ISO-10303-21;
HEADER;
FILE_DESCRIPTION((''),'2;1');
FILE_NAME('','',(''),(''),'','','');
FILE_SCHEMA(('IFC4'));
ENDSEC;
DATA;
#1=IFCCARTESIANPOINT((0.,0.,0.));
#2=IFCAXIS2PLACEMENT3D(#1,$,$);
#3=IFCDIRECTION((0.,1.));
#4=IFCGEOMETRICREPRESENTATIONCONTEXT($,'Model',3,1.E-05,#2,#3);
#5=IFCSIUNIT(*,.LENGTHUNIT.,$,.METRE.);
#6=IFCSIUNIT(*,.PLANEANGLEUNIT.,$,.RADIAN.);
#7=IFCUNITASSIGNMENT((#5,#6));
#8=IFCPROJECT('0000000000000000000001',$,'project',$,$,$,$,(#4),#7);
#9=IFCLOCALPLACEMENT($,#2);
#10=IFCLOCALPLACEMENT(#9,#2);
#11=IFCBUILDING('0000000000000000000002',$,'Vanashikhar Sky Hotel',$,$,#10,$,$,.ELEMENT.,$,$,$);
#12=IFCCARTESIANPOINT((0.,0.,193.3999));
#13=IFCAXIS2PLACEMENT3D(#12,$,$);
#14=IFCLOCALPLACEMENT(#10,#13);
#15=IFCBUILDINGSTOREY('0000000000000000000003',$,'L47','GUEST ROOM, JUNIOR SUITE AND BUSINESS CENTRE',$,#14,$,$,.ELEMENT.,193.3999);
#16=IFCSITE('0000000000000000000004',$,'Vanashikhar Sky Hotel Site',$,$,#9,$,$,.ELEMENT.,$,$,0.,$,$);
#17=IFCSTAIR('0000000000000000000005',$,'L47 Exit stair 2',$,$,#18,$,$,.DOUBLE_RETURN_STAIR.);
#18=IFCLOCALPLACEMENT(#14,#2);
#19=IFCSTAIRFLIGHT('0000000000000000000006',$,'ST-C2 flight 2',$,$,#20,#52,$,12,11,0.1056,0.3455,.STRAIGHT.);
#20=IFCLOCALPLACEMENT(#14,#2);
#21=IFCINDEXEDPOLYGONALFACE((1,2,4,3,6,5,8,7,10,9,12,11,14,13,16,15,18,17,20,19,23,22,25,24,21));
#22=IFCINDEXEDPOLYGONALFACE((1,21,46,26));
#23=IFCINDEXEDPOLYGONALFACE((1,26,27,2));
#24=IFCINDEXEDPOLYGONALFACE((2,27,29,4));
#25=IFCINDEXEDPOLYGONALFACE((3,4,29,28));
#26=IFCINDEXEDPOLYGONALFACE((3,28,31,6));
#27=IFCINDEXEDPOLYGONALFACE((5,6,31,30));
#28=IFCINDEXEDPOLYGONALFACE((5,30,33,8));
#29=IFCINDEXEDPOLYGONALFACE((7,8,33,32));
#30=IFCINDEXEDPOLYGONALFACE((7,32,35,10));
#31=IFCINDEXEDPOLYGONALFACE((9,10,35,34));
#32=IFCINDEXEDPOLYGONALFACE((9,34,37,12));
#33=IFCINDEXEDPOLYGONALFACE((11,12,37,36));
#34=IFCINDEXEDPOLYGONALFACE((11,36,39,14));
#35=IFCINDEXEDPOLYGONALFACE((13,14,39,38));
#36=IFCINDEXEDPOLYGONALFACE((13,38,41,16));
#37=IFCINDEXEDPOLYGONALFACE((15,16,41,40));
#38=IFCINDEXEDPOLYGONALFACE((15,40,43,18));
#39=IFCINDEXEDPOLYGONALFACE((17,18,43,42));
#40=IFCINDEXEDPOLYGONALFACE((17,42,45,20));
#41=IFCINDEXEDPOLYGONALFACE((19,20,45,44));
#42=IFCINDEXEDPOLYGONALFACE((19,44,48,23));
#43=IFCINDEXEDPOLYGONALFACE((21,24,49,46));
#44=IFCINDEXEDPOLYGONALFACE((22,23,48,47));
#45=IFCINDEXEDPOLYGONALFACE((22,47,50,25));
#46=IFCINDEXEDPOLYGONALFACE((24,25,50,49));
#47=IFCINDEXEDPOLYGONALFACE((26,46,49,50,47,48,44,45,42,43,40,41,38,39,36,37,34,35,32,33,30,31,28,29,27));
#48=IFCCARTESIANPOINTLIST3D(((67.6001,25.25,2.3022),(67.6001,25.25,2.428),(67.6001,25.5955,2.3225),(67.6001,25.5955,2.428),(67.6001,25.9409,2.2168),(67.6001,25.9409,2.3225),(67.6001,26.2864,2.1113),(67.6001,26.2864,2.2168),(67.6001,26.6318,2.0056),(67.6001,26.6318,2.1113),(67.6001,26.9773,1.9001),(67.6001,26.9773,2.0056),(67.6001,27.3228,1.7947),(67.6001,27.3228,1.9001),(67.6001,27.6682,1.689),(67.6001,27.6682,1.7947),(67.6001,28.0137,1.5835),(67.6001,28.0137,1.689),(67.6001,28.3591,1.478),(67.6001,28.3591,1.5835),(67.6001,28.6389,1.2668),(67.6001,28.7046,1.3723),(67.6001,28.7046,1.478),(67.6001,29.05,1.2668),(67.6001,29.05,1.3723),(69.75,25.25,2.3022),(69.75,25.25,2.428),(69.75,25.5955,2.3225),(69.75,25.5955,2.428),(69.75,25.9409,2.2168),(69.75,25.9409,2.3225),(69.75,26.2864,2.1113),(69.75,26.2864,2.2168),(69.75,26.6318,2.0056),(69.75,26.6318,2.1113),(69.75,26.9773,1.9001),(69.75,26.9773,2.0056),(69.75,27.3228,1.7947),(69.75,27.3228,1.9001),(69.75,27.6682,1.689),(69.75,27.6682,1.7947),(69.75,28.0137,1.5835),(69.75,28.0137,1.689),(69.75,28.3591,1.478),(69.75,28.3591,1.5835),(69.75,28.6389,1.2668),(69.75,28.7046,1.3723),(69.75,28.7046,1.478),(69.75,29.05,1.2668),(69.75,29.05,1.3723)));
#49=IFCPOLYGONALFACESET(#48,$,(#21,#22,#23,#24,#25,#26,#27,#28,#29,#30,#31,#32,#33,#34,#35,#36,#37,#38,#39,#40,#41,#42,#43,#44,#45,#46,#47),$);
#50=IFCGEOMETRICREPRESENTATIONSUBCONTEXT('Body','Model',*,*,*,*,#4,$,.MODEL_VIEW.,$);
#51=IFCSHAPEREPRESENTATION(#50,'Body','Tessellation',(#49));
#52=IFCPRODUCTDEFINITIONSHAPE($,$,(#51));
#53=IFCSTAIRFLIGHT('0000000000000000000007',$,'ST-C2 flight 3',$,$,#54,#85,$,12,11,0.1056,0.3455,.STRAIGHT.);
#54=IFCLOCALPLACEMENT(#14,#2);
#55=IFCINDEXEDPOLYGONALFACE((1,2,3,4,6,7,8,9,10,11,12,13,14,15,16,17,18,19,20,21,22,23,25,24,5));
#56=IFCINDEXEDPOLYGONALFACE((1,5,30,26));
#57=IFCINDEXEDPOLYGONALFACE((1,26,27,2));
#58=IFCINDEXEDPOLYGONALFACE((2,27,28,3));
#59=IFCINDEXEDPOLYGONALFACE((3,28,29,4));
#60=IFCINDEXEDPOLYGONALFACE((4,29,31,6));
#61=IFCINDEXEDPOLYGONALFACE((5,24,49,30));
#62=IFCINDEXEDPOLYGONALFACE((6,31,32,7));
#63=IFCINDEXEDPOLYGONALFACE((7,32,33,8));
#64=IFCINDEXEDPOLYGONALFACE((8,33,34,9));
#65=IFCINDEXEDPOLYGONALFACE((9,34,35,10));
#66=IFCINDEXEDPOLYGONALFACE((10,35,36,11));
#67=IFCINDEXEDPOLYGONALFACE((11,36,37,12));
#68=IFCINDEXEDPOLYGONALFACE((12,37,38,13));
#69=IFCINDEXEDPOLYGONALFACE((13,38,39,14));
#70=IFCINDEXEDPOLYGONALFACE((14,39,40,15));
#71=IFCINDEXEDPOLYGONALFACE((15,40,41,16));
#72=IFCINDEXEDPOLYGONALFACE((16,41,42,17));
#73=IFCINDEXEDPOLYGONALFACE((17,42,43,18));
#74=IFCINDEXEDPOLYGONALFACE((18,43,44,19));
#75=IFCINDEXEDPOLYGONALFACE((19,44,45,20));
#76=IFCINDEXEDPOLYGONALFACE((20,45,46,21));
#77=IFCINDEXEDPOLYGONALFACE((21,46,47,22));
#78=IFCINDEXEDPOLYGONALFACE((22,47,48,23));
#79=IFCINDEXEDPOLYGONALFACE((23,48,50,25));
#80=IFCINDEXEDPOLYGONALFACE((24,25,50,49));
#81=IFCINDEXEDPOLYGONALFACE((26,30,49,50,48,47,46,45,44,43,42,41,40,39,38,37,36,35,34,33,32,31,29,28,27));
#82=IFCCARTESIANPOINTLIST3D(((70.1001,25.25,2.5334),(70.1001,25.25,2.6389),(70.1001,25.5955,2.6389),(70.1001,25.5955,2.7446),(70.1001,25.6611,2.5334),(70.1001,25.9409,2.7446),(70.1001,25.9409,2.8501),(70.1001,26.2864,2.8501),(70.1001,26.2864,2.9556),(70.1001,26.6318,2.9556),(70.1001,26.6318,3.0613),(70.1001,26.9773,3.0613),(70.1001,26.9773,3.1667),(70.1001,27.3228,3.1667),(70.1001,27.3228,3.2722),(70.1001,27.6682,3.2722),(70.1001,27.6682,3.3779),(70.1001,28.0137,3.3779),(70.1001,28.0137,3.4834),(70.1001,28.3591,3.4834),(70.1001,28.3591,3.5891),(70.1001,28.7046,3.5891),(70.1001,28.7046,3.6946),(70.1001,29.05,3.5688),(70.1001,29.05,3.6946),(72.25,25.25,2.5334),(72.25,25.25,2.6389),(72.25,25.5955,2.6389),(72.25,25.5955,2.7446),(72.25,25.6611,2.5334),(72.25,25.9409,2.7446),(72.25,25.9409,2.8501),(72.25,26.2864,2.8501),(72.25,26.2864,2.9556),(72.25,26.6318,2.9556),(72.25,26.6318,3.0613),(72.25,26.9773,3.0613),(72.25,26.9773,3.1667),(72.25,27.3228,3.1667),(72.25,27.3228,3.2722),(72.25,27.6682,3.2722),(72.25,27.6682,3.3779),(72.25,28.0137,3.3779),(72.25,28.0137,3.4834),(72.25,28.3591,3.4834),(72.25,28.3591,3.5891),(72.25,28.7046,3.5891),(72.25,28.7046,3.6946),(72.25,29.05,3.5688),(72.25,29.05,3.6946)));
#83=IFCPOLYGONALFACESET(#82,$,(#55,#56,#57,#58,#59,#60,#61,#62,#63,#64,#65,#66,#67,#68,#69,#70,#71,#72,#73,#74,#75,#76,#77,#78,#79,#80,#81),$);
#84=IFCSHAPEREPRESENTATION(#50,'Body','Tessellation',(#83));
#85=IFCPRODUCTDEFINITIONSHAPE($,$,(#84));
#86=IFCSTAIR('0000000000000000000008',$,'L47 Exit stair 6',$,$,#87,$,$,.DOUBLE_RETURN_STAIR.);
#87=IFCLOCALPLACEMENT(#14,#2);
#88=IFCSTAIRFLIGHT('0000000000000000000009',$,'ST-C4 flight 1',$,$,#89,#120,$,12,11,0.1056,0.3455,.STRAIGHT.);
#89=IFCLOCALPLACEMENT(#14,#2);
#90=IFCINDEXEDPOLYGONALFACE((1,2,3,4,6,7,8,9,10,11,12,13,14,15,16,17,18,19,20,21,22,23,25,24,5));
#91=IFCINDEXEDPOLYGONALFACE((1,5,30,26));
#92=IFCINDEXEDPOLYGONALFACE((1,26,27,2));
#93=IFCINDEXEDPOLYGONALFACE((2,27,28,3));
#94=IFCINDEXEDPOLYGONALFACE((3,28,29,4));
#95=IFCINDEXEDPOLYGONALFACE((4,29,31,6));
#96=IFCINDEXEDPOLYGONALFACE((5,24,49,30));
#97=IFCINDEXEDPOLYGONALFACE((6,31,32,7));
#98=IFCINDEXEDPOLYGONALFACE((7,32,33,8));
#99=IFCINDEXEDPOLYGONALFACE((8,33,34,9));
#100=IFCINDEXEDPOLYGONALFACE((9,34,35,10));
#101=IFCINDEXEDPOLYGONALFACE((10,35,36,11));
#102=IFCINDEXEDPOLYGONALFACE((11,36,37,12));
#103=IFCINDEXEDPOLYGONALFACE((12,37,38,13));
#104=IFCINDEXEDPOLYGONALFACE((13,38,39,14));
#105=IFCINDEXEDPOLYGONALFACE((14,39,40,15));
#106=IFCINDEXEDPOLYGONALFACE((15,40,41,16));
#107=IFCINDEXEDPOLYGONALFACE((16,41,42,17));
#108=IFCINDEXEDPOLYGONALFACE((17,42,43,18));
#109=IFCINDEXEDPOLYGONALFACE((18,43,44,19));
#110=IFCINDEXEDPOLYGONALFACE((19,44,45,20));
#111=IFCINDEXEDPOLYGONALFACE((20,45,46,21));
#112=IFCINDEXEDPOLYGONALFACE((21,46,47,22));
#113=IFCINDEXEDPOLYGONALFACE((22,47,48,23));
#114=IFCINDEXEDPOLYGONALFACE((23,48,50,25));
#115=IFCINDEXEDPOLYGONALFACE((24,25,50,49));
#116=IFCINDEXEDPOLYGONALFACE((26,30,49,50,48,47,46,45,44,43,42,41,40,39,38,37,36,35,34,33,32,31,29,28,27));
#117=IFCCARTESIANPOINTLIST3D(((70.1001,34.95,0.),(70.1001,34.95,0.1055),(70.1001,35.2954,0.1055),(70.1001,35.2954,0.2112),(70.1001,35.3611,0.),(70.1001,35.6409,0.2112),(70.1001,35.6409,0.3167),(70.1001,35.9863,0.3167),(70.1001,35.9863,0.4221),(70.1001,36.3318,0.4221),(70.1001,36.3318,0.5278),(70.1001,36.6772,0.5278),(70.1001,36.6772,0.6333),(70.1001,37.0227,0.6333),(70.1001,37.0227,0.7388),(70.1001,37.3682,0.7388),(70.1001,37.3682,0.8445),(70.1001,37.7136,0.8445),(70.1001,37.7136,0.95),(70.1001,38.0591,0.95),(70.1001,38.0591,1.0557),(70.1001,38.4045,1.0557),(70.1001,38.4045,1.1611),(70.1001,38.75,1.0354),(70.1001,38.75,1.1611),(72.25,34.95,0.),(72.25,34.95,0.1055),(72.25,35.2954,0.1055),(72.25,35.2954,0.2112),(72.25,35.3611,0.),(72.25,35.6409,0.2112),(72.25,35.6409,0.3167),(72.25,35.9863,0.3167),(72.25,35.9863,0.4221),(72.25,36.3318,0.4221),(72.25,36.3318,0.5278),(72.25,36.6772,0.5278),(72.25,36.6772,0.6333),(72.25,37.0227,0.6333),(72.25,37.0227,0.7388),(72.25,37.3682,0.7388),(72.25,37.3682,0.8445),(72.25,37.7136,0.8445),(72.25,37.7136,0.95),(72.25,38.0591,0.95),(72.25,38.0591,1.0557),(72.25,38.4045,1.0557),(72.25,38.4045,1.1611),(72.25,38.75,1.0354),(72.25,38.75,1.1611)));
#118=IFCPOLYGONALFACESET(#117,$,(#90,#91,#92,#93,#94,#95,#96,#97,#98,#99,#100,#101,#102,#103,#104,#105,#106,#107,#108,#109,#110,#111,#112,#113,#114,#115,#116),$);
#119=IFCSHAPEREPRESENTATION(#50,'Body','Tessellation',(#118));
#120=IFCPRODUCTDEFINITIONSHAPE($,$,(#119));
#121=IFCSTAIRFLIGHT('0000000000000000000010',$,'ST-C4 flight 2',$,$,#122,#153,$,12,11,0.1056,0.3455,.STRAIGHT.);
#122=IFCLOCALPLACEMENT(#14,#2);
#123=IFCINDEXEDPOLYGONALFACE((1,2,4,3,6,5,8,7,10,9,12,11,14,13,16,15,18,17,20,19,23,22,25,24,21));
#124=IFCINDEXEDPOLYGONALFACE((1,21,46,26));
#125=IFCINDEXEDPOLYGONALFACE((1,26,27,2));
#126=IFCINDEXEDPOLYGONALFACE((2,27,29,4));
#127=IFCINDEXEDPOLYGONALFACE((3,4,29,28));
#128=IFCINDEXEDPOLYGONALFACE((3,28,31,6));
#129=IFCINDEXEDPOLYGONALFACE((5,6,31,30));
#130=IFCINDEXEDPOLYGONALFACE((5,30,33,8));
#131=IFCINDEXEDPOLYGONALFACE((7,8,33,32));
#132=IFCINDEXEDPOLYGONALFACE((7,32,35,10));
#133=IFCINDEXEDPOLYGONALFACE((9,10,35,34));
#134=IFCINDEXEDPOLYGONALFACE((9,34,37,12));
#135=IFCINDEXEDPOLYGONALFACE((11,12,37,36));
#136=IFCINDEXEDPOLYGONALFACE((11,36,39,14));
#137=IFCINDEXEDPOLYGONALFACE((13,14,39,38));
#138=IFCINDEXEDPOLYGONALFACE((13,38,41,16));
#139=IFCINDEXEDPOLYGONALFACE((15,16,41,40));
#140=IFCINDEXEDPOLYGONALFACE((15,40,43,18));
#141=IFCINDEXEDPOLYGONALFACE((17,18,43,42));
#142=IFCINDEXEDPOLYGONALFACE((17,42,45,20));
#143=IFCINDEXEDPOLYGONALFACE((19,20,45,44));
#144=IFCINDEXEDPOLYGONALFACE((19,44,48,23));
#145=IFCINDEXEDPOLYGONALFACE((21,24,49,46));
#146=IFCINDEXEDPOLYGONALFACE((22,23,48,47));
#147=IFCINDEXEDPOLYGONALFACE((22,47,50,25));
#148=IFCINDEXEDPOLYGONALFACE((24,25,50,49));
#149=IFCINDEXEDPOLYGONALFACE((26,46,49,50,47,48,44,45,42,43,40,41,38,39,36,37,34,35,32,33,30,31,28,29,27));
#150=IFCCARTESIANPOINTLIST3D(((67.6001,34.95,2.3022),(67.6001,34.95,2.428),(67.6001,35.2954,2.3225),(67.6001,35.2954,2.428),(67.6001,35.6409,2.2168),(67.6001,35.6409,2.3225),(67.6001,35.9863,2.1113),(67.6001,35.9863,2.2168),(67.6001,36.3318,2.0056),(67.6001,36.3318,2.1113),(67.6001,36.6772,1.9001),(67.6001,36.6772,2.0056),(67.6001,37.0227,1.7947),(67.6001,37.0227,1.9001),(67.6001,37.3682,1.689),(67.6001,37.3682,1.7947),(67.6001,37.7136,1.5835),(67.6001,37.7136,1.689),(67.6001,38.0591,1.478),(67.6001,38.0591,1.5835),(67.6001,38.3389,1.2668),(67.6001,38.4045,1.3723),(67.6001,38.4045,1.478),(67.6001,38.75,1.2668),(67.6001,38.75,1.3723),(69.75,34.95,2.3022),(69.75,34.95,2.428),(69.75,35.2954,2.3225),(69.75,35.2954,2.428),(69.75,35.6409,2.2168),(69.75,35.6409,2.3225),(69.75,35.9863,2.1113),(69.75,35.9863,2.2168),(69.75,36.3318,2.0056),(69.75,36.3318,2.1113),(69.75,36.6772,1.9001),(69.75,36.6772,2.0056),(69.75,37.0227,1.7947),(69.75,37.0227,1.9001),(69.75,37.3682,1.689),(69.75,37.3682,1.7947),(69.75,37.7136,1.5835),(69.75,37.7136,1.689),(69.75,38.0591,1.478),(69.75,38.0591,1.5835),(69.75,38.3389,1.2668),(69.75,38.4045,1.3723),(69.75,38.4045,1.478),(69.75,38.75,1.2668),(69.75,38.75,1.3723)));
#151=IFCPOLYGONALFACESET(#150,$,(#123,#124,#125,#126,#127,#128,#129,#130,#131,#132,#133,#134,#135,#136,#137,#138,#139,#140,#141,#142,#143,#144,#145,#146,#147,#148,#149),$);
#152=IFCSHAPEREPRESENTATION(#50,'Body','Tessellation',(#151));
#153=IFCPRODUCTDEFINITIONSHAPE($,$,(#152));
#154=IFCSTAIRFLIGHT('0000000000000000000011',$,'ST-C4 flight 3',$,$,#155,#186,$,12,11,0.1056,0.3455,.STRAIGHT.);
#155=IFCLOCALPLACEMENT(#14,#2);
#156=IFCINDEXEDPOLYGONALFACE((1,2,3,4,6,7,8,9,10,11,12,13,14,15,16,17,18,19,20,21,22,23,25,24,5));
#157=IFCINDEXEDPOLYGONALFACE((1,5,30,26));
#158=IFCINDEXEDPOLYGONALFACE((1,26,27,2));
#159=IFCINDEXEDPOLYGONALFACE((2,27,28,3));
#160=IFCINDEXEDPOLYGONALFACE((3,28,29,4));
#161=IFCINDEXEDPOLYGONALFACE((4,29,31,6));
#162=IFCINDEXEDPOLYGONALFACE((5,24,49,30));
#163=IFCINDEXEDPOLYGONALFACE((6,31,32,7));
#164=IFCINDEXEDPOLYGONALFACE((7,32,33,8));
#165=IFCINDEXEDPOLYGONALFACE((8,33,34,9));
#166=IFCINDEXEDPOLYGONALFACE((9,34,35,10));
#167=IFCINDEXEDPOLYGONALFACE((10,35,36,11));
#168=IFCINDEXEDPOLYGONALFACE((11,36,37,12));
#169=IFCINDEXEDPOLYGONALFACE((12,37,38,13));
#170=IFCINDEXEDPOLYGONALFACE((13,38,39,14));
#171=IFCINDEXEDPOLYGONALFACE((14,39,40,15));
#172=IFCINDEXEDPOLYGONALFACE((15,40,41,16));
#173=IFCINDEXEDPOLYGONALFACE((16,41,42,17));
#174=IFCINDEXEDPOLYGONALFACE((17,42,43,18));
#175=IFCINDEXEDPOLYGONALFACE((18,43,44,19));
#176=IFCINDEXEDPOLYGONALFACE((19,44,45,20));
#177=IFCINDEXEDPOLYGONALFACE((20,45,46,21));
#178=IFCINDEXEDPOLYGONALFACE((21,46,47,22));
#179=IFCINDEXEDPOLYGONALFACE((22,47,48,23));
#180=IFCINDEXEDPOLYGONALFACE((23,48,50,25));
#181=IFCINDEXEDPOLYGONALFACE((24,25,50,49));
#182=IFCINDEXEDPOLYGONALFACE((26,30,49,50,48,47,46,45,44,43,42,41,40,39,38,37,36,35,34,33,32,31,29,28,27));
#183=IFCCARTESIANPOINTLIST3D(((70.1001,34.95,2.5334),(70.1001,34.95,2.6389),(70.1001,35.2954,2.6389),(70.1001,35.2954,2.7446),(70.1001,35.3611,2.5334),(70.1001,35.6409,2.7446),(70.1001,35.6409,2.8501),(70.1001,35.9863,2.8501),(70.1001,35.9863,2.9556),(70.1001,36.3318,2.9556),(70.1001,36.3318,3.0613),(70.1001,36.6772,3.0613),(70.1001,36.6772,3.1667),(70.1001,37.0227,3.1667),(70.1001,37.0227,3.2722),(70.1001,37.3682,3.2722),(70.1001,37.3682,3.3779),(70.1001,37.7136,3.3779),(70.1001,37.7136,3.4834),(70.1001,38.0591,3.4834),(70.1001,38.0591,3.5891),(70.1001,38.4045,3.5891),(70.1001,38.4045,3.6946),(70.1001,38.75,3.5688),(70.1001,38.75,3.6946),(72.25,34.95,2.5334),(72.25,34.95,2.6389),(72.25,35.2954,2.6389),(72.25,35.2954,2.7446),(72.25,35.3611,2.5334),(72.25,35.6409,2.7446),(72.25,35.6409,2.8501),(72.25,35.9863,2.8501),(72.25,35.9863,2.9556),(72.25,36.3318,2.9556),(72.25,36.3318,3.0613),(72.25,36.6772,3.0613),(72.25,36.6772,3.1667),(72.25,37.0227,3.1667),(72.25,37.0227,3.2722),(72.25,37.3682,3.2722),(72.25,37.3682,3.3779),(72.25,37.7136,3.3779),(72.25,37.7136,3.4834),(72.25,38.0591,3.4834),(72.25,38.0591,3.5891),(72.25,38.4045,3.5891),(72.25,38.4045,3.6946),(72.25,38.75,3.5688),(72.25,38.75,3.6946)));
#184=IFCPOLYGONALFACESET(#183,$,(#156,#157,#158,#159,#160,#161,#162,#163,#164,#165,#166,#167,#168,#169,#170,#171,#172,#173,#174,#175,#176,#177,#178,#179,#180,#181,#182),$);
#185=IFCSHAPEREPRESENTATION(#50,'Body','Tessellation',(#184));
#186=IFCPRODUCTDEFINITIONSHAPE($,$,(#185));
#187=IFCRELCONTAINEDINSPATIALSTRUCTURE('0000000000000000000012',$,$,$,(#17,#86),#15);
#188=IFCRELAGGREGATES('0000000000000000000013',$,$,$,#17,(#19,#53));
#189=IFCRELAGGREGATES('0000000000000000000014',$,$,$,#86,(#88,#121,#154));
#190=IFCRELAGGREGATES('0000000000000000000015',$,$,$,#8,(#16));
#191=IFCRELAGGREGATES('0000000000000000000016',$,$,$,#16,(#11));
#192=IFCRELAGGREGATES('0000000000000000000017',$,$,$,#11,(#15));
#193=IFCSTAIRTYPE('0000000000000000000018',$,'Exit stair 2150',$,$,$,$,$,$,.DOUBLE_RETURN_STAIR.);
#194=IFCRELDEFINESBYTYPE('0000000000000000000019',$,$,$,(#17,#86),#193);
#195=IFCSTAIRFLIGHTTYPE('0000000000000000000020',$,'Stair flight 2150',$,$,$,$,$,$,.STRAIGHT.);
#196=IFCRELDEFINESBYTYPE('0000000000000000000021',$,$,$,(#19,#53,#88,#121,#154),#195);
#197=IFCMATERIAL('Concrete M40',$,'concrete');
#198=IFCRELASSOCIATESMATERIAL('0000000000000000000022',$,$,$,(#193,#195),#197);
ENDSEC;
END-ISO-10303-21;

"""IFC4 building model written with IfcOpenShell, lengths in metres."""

from ifc_helpers import new_model, si_unit, direction, frame, origin, place, context, subcontext, project, spatial, polyline, outline, extrude, source, transform, mapped, material, type_object, element, aggregate, save


model = new_model("IFC4")

# Units and contexts
model_context = context("Model", 3, precision=1e-05, world=origin(), true_north=direction((0.0, 1.0)))
body_context = subcontext(model_context, "Body", "Model", "MODEL_VIEW")
ifc_project = project(units=[si_unit("LENGTHUNIT", "METRE"), si_unit("PLANEANGLEUNIT", "RADIAN")], contexts=[model_context])

# Site, building, storey
site_placement = place(None, origin())
site = spatial("IfcSite", under=ifc_project, at=site_placement, Name="Vanashikhar Sky Hotel Site", CompositionType="ELEMENT", RefElevation=0.0)
building_placement = place(site_placement, origin())
building = spatial("IfcBuilding", under=site, at=building_placement, Name="Vanashikhar Sky Hotel", CompositionType="ELEMENT")
storey_placement = place(building_placement, frame((0.0, 0.0, 193.3999)))
storey = spatial("IfcBuildingStorey", under=building, at=storey_placement, Name="L47", Description="GUEST ROOM, JUNIOR SUITE AND BUSINESS CENTRE", CompositionType="ELEMENT", Elevation=193.3999)

# Shared definitions
ifc_material_1 = material(Name="Concrete M40", Category="concrete")

# Stairs, stair flights
stair_type = type_object("IfcStairType", Name="Exit stair 2150", PredefinedType="DOUBLE_RETURN_STAIR", material=ifc_material_1)
stair_1_placement = place(storey_placement, origin())
stair_1 = element("IfcStair", 1, at=stair_1_placement, inside=storey, type_object=stair_type, Name="L47 Exit stair 2", PredefinedType="DOUBLE_RETURN_STAIR")
stair_flight_type = type_object("IfcStairFlightType", Name="Stair flight 2150", PredefinedType="STRAIGHT", material=ifc_material_1)
shared_shape_1 = source(origin(), body_context, "Body", "SweptSolid", [
    extrude(outline(polyline([(0.0, 0.0), (0.0, 0.1055), (0.3455, 0.1055), (0.3455, 0.2112), (0.6909, 0.2112), (0.6909, 0.3167), (1.0364, 0.3167), (1.0364, 0.4221), (1.3818, 0.4221), (1.3818, 0.5278), (1.7273, 0.5278), (1.7273, 0.6333), (2.0728, 0.6333), (2.0728, 0.7388), (2.4182, 0.7388), (2.4182, 0.8445), (2.7637, 0.8445), (2.7637, 0.95), (3.1091, 0.95), (3.1091, 1.0557), (3.4546, 1.0557), (3.4546, 1.1611), (3.8, 1.1611), (3.8, 1.2666), (3.8, 1.0354), (0.4111, 0.0), (0.0, 0.0)])), frame((0.0, 1.075, 0.0), z_axis=(0.0, -1.0, 0.0), x_axis=(1.0, 0.0, 0.0)), (0.0, 0.0, 1.0), 2.1499),
])
stair_flight_1_placement = place(storey_placement, frame((68.675, 29.05, 1.2668), z_axis=(0.0, 0.0, 1.0), x_axis=(0.0, -1.0, 0.0)))
stair_flight_1 = element("IfcStairFlight", 2, at=stair_flight_1_placement, type_object=stair_flight_type, Name="ST-C2 flight 2", NumberOfRisers=12, NumberOfTreads=11, PredefinedType="STRAIGHT", RiserHeight=0.1056, TreadLength=0.3455, context=body_context, shape_type="MappedRepresentation", body=[
    mapped(shared_shape_1, transform((0.0, 0.0, 0.0), scale=1.0)),
])
stair_flight_2_placement = place(storey_placement, frame((71.175, 25.25, 2.5334), z_axis=(0.0, 0.0, 1.0), x_axis=(0.0, 1.0, 0.0)))
stair_flight_2 = element("IfcStairFlight", 3, at=stair_flight_2_placement, type_object=stair_flight_type, Name="ST-C2 flight 3", NumberOfRisers=12, NumberOfTreads=11, PredefinedType="STRAIGHT", RiserHeight=0.1056, TreadLength=0.3455, context=body_context, shape_type="MappedRepresentation", body=[
    mapped(shared_shape_1, transform((0.0, 0.0, 0.0), scale=1.0)),
])
aggregate(stair_1, [stair_flight_1, stair_flight_2])
stair_2_placement = place(storey_placement, origin())
stair_2 = element("IfcStair", 4, at=stair_2_placement, inside=storey, type_object=stair_type, Name="L47 Exit stair 6", PredefinedType="DOUBLE_RETURN_STAIR")
stair_flight_3_placement = place(storey_placement, frame((71.175, 34.95, 0.0), z_axis=(0.0, 0.0, 1.0), x_axis=(0.0, 1.0, 0.0)))
stair_flight_3 = element("IfcStairFlight", 5, at=stair_flight_3_placement, type_object=stair_flight_type, Name="ST-C4 flight 1", NumberOfRisers=12, NumberOfTreads=11, PredefinedType="STRAIGHT", RiserHeight=0.1056, TreadLength=0.3455, context=body_context, shape_type="MappedRepresentation", body=[
    mapped(shared_shape_1, transform((0.0, 0.0, 0.0), scale=1.0)),
])
stair_flight_4_placement = place(storey_placement, frame((68.675, 38.75, 1.2668), z_axis=(0.0, 0.0, 1.0), x_axis=(0.0, -1.0, 0.0)))
stair_flight_4 = element("IfcStairFlight", 6, at=stair_flight_4_placement, type_object=stair_flight_type, Name="ST-C4 flight 2", NumberOfRisers=12, NumberOfTreads=11, PredefinedType="STRAIGHT", RiserHeight=0.1056, TreadLength=0.3455, context=body_context, shape_type="MappedRepresentation", body=[
    mapped(shared_shape_1, transform((0.0, 0.0, 0.0), scale=1.0)),
])
stair_flight_5_placement = place(storey_placement, frame((71.175, 34.95, 2.5334), z_axis=(0.0, 0.0, 1.0), x_axis=(0.0, 1.0, 0.0)))
stair_flight_5 = element("IfcStairFlight", 7, at=stair_flight_5_placement, type_object=stair_flight_type, Name="ST-C4 flight 3", NumberOfRisers=12, NumberOfTreads=11, PredefinedType="STRAIGHT", RiserHeight=0.1056, TreadLength=0.3455, context=body_context, shape_type="MappedRepresentation", body=[
    mapped(shared_shape_1, transform((0.0, 0.0, 0.0), scale=1.0)),
])
aggregate(stair_2, [stair_flight_3, stair_flight_4, stair_flight_5])

save(model, "model.ifc")
